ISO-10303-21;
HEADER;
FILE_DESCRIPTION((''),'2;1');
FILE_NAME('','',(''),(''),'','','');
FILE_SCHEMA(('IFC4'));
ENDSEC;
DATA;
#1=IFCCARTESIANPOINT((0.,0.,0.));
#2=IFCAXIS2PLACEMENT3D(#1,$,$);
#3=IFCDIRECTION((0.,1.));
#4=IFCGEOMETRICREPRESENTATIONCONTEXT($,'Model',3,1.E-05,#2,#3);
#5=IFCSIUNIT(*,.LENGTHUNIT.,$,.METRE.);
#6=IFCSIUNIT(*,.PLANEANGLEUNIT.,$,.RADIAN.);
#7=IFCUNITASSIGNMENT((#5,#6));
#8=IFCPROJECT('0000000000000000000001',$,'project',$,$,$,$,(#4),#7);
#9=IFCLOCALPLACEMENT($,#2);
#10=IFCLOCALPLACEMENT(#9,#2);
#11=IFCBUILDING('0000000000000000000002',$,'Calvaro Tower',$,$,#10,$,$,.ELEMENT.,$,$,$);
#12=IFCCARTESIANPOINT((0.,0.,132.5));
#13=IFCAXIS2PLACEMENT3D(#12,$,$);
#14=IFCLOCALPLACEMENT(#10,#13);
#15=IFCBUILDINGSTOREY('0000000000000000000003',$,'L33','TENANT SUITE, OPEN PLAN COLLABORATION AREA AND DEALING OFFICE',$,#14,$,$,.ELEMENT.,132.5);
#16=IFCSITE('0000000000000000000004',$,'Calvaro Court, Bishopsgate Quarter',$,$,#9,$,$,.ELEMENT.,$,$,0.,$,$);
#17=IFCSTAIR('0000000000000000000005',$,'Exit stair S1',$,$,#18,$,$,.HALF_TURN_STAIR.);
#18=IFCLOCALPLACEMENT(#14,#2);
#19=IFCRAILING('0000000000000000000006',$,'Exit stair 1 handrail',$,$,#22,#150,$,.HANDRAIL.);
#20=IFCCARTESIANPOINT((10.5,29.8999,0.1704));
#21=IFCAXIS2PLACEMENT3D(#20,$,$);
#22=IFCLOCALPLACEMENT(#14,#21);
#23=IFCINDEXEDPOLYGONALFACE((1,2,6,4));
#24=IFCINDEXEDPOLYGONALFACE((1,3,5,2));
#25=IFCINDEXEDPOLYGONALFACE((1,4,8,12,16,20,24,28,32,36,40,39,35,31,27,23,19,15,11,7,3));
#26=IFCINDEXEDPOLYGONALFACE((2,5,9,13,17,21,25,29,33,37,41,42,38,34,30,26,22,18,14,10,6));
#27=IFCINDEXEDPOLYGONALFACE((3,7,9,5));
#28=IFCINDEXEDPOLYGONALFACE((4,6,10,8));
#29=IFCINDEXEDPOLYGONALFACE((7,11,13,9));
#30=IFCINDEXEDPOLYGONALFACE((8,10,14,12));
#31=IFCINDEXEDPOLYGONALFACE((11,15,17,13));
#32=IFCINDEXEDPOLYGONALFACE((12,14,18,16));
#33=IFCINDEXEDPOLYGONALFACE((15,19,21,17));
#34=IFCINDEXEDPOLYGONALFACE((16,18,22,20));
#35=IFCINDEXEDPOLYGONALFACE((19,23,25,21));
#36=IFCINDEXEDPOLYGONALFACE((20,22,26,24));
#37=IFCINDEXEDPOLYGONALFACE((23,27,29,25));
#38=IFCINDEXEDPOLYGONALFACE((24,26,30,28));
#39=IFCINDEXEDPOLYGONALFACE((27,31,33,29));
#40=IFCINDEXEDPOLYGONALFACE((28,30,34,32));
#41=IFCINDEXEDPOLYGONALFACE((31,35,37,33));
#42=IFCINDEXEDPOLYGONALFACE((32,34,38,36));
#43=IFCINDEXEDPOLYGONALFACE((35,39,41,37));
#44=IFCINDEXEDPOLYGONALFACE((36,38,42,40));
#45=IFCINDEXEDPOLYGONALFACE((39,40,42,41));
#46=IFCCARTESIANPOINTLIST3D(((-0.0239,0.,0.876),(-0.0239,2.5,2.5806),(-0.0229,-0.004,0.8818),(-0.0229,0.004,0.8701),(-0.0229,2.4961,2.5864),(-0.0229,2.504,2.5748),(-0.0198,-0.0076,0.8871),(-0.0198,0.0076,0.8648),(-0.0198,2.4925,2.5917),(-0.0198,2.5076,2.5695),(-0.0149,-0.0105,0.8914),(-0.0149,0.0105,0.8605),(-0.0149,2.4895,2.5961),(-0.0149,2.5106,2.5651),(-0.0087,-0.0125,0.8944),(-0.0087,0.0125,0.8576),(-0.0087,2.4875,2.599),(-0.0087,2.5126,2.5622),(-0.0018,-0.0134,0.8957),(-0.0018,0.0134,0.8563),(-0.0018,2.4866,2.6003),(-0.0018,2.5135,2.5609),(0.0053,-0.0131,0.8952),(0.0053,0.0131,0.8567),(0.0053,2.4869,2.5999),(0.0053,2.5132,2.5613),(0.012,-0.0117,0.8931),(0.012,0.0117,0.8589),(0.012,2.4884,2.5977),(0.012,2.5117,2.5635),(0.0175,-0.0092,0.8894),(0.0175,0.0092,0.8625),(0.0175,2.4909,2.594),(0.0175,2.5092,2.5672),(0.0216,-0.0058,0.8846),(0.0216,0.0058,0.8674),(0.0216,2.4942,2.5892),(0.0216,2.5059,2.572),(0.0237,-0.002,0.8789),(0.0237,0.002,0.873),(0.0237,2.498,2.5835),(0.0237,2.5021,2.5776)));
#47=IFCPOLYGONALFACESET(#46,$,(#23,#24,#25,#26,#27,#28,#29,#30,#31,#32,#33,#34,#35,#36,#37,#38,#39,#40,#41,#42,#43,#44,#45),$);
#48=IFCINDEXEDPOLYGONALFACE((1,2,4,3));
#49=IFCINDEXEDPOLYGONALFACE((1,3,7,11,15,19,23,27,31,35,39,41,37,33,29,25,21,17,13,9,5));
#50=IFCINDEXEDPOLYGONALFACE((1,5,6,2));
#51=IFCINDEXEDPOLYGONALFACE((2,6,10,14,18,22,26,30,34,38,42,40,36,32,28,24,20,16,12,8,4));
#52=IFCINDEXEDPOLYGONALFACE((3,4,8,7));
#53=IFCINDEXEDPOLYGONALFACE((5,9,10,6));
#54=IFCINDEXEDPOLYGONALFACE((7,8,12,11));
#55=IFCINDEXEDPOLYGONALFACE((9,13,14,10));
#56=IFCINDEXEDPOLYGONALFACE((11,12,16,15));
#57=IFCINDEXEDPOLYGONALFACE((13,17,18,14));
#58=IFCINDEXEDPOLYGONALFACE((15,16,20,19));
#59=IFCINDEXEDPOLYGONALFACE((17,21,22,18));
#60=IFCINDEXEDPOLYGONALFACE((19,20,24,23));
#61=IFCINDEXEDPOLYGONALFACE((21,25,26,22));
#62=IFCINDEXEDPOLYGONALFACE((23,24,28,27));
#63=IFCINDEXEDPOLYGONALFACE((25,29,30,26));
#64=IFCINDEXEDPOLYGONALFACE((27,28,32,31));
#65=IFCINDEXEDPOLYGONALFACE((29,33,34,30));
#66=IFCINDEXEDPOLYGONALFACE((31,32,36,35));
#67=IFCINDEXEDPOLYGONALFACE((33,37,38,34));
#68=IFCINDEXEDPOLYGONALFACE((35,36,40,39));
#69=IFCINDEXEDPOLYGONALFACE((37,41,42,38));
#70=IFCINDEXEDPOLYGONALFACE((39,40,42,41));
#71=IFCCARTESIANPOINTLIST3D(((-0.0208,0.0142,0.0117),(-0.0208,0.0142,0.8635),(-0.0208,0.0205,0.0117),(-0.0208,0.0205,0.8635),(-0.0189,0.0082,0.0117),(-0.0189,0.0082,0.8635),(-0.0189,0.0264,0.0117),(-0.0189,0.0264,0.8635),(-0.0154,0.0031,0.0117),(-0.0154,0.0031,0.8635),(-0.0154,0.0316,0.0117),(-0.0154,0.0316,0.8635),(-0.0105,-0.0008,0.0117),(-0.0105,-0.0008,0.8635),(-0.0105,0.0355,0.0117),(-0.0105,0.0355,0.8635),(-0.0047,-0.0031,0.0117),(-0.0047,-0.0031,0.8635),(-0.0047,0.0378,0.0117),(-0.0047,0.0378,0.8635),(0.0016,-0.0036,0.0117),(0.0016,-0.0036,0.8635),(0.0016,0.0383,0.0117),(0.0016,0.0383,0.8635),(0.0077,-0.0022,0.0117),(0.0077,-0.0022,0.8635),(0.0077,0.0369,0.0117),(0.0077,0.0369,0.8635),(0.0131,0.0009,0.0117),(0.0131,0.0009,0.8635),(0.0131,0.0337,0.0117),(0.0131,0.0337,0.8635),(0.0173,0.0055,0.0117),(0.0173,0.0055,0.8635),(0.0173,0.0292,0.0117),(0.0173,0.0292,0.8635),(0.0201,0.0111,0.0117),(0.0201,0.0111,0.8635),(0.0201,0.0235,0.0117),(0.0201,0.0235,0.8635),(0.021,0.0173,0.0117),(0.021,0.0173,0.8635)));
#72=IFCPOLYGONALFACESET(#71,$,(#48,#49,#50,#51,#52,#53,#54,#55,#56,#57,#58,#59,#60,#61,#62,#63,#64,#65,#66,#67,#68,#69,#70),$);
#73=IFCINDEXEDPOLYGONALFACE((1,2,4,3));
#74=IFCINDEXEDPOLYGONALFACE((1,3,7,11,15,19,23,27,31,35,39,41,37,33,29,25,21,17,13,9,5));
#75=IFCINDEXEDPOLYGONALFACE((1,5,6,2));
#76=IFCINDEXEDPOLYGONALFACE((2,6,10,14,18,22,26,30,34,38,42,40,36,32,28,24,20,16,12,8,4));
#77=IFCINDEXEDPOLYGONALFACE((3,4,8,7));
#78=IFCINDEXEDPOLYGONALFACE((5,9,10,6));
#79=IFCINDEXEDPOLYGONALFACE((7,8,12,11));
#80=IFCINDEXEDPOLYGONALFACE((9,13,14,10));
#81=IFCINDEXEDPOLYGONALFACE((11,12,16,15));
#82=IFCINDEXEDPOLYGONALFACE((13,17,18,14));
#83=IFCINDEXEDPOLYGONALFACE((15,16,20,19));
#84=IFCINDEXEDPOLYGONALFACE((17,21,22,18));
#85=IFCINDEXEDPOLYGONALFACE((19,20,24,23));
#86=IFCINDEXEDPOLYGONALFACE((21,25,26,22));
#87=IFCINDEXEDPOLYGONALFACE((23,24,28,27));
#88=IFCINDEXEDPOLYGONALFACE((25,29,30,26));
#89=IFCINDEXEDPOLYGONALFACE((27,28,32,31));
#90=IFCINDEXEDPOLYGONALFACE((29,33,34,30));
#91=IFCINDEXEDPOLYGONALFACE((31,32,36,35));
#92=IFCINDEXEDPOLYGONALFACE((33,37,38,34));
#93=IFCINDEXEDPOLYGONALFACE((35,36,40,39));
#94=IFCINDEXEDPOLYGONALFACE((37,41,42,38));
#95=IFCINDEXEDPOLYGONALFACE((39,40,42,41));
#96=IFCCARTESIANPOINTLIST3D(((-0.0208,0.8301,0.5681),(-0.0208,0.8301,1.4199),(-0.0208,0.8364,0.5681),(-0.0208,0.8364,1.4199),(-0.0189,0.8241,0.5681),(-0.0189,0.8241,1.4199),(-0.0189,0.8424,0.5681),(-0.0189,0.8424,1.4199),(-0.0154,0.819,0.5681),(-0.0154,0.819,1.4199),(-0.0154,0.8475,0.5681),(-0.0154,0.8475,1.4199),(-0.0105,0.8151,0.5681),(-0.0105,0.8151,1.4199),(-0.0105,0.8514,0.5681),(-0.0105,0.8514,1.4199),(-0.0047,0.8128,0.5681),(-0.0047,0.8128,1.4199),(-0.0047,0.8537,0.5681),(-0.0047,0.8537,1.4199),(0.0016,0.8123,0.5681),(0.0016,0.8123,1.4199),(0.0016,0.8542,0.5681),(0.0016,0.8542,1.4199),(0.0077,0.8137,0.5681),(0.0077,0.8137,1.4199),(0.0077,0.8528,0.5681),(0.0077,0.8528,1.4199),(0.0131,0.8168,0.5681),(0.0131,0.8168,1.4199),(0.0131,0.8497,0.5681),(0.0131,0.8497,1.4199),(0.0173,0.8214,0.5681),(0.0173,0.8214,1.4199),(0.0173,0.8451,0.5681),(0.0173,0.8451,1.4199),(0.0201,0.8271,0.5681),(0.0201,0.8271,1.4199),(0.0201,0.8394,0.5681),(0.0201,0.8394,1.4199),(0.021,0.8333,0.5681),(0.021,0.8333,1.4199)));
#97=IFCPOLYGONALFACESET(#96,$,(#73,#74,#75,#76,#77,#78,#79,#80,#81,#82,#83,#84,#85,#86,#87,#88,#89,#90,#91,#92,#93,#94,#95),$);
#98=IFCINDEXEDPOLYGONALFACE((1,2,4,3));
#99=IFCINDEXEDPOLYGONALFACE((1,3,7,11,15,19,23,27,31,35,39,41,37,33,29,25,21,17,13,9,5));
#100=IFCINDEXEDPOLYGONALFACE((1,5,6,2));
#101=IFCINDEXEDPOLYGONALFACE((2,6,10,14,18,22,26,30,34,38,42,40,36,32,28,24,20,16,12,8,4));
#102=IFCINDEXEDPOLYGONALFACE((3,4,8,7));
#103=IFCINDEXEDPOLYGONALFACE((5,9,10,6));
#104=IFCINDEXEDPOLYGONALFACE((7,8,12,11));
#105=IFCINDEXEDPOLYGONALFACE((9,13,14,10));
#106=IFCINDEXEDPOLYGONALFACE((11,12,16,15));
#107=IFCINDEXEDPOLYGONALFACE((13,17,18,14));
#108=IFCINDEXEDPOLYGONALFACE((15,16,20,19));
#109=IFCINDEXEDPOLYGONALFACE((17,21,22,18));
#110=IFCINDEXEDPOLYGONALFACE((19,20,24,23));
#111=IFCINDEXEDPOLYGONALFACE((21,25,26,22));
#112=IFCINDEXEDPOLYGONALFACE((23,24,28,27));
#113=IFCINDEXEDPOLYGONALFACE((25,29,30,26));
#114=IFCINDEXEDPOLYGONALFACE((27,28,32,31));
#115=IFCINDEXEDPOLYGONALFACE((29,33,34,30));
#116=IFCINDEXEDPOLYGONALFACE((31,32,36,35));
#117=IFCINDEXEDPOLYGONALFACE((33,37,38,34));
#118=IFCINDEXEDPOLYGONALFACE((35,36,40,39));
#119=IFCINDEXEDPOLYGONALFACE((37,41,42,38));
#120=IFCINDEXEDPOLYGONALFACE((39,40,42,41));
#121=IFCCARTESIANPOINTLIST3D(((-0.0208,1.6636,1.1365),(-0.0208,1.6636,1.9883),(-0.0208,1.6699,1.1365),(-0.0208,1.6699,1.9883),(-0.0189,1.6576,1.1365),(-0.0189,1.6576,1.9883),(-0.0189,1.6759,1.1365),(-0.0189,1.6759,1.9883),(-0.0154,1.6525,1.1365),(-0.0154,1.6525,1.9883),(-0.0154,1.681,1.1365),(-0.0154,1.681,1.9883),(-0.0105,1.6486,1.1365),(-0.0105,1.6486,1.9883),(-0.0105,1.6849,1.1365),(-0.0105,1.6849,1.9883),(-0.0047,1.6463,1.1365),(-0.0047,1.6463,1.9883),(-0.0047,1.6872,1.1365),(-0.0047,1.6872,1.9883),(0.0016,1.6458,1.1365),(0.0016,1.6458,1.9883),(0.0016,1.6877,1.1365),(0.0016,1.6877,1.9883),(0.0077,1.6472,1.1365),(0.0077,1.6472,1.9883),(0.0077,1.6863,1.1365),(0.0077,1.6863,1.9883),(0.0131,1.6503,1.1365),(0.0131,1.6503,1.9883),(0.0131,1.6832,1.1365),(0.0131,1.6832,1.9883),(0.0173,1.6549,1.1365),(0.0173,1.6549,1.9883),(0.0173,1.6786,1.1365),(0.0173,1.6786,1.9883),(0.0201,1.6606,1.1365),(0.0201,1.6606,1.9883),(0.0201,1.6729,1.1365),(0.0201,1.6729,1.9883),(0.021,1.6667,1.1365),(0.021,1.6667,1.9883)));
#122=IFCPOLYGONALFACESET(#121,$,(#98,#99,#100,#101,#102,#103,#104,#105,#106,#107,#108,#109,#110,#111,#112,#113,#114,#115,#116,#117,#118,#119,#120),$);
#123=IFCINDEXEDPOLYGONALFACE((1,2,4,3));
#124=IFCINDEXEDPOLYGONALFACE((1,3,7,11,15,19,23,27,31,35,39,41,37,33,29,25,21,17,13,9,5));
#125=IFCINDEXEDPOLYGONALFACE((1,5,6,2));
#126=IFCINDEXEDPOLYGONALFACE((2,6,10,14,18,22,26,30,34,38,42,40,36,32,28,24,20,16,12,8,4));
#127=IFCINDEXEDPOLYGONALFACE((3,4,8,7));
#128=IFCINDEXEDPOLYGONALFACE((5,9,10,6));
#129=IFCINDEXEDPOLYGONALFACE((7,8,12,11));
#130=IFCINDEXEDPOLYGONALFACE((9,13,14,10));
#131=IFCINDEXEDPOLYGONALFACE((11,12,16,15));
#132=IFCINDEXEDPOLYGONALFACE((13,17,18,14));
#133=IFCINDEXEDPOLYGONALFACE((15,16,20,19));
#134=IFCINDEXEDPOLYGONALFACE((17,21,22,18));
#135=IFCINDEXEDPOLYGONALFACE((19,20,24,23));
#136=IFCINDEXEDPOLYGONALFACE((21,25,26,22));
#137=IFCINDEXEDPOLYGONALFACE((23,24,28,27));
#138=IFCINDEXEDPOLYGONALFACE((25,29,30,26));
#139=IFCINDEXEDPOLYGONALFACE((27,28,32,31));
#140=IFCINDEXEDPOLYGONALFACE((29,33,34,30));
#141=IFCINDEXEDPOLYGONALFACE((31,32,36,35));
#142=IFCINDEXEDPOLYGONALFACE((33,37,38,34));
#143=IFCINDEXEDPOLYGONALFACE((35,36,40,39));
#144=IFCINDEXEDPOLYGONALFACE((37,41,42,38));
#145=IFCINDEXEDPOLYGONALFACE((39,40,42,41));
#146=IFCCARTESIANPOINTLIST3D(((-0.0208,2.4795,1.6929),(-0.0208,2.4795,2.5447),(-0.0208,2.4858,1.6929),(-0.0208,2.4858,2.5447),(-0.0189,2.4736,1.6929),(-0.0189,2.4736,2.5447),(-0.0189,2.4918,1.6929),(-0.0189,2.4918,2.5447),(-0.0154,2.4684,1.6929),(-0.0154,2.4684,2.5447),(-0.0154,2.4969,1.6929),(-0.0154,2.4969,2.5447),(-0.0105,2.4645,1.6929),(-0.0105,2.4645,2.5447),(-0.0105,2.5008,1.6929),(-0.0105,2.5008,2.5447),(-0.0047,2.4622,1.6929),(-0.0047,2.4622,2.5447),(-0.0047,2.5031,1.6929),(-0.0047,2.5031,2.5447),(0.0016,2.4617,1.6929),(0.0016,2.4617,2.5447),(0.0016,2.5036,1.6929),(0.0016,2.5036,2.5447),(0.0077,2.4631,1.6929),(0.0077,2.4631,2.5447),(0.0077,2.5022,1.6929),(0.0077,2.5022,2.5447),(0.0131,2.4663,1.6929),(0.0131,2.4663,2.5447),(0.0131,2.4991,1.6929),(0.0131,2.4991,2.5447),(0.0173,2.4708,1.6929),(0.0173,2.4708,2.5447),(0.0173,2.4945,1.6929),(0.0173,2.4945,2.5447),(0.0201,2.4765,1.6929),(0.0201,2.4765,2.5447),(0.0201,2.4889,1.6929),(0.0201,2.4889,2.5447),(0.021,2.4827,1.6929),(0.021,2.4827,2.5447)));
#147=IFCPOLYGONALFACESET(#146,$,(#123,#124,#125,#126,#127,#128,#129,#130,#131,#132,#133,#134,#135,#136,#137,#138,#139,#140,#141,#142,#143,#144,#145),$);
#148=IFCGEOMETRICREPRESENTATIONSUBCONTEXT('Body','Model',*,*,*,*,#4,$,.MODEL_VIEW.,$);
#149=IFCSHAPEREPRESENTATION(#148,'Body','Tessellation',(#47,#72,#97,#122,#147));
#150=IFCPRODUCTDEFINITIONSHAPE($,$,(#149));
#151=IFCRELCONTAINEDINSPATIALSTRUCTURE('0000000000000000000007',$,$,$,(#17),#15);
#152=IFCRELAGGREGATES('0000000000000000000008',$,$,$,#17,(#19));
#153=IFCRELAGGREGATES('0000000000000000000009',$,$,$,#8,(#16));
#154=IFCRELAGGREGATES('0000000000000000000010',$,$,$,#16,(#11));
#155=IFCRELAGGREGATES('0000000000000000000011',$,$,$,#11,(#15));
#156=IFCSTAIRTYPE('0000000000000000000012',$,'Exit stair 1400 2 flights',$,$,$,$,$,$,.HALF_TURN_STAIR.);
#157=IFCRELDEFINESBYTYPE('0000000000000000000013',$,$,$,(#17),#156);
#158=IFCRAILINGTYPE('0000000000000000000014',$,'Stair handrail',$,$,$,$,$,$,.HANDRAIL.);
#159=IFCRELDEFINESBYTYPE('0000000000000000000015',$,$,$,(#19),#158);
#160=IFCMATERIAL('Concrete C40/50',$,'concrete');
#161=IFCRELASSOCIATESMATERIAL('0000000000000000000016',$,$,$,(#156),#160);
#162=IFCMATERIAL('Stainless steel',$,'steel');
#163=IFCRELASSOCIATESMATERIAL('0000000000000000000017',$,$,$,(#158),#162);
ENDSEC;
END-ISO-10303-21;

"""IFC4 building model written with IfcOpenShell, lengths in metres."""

from ifc_helpers import new_model, si_unit, direction, frame, origin, origin_2d, place, context, subcontext, project, spatial, circle, extrude, material, type_object, element, aggregate, save


model = new_model("IFC4")

# Units and contexts
model_context = context("Model", 3, precision=1e-05, world=origin(), true_north=direction((0.0, 1.0)))
body_context = subcontext(model_context, "Body", "Model", "MODEL_VIEW")
ifc_project = project(units=[si_unit("LENGTHUNIT", "METRE"), si_unit("PLANEANGLEUNIT", "RADIAN")], contexts=[model_context])

# Site, building, storey
site_placement = place(None, origin())
site = spatial("IfcSite", under=ifc_project, at=site_placement, Name="Calvaro Court, Bishopsgate Quarter", CompositionType="ELEMENT", RefElevation=0.0)
building_placement = place(site_placement, origin())
building = spatial("IfcBuilding", under=site, at=building_placement, Name="Calvaro Tower", CompositionType="ELEMENT")
storey_placement = place(building_placement, frame((0.0, 0.0, 132.5)))
storey = spatial("IfcBuildingStorey", under=building, at=storey_placement, Name="L33", Description="TENANT SUITE, OPEN PLAN COLLABORATION AREA AND DEALING OFFICE", CompositionType="ELEMENT", Elevation=132.5)

# Stair, railing
ifc_material_1 = material(Name="Concrete C40/50", Category="concrete")
stair_type = type_object("IfcStairType", Name="Exit stair 1400 2 flights", PredefinedType="HALF_TURN_STAIR", material=ifc_material_1)
stair_placement = place(storey_placement, origin())
stair = element("IfcStair", 1, at=stair_placement, inside=storey, type_object=stair_type, Name="Exit stair S1", PredefinedType="HALF_TURN_STAIR")
ifc_material_2 = material(Name="Stainless steel", Category="steel")
railing_type = type_object("IfcRailingType", Name="Stair handrail", PredefinedType="HANDRAIL", material=ifc_material_2)
railing_placement = place(storey_placement, frame((10.5, 29.8999, 0.1704)))
railing = element("IfcRailing", 2, at=railing_placement, type_object=railing_type, Name="Exit stair 1 handrail", PredefinedType="HANDRAIL", context=body_context, shape_type="SweptSolid", body=[
    extrude(circle(Radius=0.0239, at=origin_2d()), frame((0.0, 0.0, 0.876), z_axis=(0.0, 0.826221, 0.563347), x_axis=(-1.0, 0.0, 0.0)), (0.0, 0.0, 1.0), 3.0259),
    extrude(circle(Radius=0.021, at=origin_2d()), frame((0.0, 0.0173, 0.0117)), (0.0, 0.0, 1.0), 0.8518),
    extrude(circle(Radius=0.021, at=origin_2d()), frame((0.0, 0.8333, 0.5681)), (0.0, 0.0, 1.0), 0.8518),
    extrude(circle(Radius=0.021, at=origin_2d()), frame((0.0, 1.6667, 1.1365)), (0.0, 0.0, 1.0), 0.8518),
    extrude(circle(Radius=0.021, at=origin_2d()), frame((0.0, 2.4827, 1.6929)), (0.0, 0.0, 1.0), 0.8518),
])
aggregate(stair, [railing])

save(model, "model.ifc")
